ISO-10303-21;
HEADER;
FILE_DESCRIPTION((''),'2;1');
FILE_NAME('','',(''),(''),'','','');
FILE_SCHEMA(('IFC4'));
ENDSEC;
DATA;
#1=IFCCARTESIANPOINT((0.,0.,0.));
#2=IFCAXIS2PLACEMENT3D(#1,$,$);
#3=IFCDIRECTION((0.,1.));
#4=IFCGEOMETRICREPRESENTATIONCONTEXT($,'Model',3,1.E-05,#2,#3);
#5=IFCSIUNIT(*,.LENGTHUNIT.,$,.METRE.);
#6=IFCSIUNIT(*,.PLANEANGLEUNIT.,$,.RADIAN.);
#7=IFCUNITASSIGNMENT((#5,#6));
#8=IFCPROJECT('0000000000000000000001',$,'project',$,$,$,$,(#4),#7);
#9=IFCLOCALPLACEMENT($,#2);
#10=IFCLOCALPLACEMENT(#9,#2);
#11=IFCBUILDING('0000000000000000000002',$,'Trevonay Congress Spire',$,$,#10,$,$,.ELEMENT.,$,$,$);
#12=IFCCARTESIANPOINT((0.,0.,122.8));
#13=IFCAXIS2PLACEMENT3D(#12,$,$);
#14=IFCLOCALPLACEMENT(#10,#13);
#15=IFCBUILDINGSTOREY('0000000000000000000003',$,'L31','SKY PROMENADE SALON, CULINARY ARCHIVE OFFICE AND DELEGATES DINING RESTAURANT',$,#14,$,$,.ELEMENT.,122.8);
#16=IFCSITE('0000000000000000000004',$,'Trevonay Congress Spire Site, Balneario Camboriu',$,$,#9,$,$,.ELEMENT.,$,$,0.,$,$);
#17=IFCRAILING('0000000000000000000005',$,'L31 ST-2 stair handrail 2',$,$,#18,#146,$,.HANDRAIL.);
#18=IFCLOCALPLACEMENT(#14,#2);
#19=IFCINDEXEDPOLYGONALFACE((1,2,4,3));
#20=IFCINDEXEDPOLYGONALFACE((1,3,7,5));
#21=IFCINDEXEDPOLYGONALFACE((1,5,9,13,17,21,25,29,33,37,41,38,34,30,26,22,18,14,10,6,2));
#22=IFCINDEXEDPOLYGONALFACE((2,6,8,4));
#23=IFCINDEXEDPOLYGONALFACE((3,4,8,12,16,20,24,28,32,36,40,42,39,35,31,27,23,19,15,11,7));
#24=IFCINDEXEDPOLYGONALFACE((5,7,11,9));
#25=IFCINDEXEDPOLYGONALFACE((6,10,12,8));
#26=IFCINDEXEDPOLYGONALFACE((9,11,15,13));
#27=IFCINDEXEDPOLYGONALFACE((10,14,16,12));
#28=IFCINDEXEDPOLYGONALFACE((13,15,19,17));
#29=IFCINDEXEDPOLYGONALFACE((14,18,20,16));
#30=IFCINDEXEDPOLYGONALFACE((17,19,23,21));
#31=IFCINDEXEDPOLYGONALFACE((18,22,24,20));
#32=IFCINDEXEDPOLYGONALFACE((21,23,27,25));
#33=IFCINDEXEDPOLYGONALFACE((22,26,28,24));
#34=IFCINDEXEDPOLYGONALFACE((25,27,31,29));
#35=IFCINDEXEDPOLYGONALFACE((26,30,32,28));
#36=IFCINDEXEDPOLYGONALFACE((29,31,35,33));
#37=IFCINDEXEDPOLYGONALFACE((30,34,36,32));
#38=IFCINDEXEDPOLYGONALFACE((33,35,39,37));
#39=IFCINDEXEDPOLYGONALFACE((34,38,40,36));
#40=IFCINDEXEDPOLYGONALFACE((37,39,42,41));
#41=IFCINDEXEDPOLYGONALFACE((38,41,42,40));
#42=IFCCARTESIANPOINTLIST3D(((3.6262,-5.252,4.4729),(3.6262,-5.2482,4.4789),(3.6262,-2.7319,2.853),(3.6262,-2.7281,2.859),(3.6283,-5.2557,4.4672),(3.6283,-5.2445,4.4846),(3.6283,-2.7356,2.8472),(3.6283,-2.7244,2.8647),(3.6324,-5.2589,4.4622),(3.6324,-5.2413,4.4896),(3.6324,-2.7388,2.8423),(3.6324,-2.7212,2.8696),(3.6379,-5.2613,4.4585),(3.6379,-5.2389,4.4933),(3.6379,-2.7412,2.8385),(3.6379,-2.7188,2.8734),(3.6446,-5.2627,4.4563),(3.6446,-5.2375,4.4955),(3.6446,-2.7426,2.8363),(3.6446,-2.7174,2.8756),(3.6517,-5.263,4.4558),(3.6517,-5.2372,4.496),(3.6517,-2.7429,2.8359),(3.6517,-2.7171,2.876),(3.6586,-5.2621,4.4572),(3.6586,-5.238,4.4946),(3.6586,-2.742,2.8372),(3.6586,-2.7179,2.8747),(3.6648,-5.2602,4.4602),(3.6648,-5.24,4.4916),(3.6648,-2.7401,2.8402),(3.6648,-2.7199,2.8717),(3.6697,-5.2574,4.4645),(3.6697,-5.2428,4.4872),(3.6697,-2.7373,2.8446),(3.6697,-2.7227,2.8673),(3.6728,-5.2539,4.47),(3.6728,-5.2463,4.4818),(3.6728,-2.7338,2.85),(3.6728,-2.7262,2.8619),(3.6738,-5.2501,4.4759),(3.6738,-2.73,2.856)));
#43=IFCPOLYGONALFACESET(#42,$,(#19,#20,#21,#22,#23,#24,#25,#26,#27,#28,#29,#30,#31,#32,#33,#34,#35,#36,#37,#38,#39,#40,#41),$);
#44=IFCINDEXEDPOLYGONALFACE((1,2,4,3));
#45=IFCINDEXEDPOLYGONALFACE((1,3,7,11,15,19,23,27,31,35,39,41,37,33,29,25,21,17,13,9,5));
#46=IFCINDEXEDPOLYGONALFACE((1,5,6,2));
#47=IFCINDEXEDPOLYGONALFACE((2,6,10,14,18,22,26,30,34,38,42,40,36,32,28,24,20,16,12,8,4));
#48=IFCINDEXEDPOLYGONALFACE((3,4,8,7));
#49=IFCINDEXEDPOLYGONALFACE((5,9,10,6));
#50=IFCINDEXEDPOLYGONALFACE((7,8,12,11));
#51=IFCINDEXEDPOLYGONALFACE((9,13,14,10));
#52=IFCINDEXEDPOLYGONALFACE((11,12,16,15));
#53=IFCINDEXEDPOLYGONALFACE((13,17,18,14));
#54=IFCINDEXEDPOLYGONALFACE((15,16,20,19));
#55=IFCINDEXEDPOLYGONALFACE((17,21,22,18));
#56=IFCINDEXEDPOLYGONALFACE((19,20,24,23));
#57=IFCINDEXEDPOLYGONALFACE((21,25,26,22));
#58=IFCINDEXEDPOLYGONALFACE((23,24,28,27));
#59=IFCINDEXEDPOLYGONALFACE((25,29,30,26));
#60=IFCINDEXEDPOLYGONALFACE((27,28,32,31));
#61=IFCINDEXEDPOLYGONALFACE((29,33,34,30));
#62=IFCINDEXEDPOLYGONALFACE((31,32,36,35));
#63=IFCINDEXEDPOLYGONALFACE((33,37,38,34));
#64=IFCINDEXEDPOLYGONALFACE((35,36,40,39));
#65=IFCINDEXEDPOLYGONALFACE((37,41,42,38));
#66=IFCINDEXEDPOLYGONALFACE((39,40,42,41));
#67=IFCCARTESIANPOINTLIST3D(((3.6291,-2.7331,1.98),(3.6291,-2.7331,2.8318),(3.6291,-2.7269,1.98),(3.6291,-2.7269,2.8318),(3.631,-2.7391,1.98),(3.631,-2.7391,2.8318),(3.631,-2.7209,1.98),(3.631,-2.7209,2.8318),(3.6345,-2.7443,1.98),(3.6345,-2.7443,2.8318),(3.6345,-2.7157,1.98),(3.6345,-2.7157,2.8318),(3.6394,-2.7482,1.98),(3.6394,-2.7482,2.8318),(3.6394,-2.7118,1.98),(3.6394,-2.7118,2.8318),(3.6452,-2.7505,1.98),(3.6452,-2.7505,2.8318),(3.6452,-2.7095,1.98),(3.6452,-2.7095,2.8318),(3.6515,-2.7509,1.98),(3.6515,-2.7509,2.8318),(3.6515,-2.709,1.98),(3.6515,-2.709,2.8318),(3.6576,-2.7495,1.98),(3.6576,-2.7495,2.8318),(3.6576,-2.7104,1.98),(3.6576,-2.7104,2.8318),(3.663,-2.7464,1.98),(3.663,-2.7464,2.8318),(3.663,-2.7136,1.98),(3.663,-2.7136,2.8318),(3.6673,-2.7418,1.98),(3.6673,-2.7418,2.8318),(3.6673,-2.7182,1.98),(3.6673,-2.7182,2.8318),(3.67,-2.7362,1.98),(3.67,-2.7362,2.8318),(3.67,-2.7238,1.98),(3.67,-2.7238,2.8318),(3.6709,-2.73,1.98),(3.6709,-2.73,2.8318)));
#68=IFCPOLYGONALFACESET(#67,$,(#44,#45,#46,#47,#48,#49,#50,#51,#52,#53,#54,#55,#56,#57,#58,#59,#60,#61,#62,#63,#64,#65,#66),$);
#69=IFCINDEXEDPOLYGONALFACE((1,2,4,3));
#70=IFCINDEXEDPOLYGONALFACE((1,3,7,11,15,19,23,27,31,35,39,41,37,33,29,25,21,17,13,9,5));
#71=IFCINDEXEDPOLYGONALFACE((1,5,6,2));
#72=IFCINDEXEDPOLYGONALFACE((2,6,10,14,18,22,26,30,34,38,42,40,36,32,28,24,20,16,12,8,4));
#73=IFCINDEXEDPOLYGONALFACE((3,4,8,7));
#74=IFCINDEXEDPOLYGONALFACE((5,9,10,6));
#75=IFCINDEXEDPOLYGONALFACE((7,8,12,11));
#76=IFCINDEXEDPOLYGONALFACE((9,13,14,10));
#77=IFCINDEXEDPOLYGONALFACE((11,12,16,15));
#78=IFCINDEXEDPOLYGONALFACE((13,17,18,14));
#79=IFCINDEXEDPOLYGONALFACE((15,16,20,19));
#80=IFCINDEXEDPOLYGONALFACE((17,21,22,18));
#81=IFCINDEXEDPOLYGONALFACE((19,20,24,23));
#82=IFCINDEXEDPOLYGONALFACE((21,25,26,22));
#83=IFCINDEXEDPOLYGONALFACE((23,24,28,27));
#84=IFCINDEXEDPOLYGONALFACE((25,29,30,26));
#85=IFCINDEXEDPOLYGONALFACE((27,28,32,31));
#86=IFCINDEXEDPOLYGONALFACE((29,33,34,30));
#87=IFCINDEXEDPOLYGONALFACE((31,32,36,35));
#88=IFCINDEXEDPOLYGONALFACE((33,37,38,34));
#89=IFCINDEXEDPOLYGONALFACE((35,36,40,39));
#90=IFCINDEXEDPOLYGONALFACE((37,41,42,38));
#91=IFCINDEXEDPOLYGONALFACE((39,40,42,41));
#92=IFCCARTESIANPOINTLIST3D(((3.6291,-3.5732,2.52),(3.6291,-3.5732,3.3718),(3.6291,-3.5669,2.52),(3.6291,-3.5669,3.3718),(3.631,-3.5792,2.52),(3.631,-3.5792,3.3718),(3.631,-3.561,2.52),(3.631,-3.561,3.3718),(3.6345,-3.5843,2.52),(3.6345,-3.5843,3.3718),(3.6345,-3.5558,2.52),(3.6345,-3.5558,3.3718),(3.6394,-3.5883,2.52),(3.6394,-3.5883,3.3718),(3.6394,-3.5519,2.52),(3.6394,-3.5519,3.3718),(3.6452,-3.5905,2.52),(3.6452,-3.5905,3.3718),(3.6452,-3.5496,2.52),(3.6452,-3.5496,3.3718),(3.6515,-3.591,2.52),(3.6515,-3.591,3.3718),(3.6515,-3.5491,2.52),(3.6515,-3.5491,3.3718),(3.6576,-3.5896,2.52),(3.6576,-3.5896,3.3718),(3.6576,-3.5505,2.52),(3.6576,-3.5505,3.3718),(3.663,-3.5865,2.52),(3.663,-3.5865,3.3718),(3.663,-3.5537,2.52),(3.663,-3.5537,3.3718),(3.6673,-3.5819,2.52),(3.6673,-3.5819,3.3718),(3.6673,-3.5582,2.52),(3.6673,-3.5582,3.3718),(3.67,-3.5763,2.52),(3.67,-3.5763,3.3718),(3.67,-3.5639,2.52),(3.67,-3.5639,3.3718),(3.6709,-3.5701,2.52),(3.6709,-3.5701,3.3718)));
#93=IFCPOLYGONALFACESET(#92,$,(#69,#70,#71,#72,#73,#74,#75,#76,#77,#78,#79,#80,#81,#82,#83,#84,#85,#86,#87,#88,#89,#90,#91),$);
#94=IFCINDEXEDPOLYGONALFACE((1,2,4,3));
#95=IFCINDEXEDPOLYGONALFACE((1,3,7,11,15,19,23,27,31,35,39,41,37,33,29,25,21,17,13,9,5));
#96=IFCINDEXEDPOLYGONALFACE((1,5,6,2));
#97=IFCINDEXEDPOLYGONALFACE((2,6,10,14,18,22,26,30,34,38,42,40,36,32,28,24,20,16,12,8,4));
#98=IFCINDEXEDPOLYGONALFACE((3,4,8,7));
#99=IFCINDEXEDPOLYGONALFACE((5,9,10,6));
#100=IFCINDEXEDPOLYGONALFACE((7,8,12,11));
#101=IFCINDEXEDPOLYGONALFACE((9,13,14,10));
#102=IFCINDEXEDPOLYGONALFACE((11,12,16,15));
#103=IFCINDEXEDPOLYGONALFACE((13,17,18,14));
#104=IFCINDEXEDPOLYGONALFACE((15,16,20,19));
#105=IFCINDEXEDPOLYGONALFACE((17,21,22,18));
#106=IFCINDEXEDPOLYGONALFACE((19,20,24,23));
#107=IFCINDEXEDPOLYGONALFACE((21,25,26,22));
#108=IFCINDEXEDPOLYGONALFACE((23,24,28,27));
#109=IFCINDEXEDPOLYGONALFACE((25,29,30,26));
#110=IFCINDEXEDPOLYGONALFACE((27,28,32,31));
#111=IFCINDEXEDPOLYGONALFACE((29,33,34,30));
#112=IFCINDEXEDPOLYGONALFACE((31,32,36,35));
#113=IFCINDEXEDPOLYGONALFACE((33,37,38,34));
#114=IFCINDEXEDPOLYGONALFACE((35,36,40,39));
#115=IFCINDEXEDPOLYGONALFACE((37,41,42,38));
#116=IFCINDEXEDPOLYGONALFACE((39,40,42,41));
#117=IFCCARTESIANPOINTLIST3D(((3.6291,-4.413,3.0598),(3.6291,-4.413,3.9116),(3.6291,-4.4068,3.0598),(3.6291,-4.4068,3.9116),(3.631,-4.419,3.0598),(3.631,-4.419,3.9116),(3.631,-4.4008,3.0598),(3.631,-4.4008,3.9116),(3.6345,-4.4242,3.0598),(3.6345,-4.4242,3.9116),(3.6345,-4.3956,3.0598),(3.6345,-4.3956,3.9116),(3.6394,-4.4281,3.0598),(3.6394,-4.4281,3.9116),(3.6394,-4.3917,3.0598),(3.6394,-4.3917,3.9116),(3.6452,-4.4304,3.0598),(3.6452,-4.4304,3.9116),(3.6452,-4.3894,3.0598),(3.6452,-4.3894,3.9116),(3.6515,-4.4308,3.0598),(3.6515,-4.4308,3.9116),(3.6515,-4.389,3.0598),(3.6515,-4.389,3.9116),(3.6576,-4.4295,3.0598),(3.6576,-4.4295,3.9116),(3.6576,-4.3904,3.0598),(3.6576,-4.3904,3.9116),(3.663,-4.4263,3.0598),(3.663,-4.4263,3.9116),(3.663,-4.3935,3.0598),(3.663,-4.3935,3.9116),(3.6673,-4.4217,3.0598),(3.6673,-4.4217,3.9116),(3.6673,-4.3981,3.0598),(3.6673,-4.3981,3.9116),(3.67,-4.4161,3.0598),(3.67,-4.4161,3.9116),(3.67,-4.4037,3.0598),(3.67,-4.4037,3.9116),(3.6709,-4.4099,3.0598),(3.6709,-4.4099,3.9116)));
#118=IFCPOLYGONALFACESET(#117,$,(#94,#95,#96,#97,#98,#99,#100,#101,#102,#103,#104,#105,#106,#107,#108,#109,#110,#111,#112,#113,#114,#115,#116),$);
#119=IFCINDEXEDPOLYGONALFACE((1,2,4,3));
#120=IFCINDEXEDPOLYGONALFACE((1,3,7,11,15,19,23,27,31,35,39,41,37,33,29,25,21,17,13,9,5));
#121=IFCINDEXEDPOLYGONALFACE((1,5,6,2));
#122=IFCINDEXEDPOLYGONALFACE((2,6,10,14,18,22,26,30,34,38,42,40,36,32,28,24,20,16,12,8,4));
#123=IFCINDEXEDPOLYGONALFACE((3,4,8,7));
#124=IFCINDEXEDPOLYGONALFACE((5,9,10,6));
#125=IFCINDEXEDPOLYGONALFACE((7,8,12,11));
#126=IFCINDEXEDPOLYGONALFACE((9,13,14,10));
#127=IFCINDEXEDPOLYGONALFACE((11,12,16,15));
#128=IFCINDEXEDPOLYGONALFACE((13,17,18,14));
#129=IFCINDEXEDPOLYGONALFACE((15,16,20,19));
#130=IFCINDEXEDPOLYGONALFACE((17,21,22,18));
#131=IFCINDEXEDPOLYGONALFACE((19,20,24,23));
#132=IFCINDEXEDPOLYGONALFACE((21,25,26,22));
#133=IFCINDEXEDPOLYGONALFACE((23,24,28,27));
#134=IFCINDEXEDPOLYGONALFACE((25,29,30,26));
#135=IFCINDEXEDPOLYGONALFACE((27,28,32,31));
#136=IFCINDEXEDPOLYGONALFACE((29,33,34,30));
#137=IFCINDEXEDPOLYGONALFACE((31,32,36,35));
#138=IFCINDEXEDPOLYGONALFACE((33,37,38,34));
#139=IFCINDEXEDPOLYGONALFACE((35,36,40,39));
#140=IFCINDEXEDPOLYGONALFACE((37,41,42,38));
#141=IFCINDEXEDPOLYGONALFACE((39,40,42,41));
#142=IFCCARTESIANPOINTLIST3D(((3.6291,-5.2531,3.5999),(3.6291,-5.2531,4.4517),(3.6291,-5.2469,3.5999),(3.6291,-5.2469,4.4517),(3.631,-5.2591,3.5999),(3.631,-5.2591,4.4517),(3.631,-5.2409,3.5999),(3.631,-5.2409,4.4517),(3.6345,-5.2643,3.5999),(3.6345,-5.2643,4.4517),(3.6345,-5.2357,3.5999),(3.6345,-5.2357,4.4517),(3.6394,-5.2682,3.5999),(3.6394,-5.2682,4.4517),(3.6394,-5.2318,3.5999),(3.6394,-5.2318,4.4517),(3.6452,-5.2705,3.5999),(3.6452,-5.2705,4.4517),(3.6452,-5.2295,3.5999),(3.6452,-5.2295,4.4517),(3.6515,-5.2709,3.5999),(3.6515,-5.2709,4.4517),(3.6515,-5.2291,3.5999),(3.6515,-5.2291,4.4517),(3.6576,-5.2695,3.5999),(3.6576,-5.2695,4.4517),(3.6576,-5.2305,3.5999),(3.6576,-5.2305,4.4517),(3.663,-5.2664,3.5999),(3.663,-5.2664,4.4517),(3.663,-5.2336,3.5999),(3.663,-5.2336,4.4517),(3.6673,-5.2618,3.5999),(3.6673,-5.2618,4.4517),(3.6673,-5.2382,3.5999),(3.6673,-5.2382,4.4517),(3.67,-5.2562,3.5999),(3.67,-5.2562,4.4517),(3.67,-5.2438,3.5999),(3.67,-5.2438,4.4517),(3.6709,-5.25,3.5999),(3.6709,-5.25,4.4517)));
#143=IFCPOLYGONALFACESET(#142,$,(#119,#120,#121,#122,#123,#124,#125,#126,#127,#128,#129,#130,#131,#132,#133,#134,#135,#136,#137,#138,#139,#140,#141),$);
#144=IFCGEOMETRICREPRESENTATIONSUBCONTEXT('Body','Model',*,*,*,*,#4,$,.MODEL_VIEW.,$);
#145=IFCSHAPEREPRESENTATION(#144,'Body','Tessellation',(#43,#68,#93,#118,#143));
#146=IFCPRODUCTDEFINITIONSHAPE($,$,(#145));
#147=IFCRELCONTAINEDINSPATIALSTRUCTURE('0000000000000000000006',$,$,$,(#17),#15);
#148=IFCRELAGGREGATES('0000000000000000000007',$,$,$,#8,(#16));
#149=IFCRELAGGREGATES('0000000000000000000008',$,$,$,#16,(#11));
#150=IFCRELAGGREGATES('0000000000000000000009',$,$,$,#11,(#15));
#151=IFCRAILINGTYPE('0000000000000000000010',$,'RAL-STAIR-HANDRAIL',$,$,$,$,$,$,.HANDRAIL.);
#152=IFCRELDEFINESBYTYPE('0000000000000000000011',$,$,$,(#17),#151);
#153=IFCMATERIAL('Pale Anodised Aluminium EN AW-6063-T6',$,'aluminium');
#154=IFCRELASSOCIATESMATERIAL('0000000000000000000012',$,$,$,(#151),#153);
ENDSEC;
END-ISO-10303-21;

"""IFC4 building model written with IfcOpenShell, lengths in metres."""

from ifc_helpers import new_model, si_unit, direction, frame, origin, origin_2d, place, context, subcontext, project, spatial, circle, extrude, material, type_object, element, save


model = new_model("IFC4")

# Units and contexts
model_context = context("Model", 3, precision=1e-05, world=origin(), true_north=direction((0.0, 1.0)))
body_context = subcontext(model_context, "Body", "Model", "MODEL_VIEW")
ifc_project = project(units=[si_unit("LENGTHUNIT", "METRE"), si_unit("PLANEANGLEUNIT", "RADIAN")], contexts=[model_context])

# Site, building, storey
site_placement = place(None, origin())
site = spatial("IfcSite", under=ifc_project, at=site_placement, Name="Trevonay Congress Spire Site, Balneario Camboriu", CompositionType="ELEMENT", RefElevation=0.0)
building_placement = place(site_placement, origin())
building = spatial("IfcBuilding", under=site, at=building_placement, Name="Trevonay Congress Spire", CompositionType="ELEMENT")
storey_placement = place(building_placement, frame((0.0, 0.0, 122.8)))
storey = spatial("IfcBuildingStorey", under=building, at=storey_placement, Name="L31", Description="SKY PROMENADE SALON, CULINARY ARCHIVE OFFICE AND DELEGATES DINING RESTAURANT", CompositionType="ELEMENT", Elevation=122.8)

# Railing
ifc_material_1 = material(Name="Pale Anodised Aluminium EN AW-6063-T6", Category="aluminium")
railing_type_1 = type_object("IfcRailingType", Name="RAL-STAIR-HANDRAIL", PredefinedType="HANDRAIL", material=ifc_material_1)
railing_1_placement = place(storey_placement, frame((3.6499, -2.73, 1.98)))
element("IfcRailing", 1, at=railing_1_placement, inside=storey, type_object=railing_type_1, Name="L31 ST-2 stair handrail 2", PredefinedType="HANDRAIL", context=body_context, shape_type="SweptSolid", body=[
    extrude(circle(Radius=0.0239, at=origin_2d()), frame((0.0, 0.0, 0.876), z_axis=(0.0, -0.8412, 0.540725), x_axis=(1.0, 0.0, 0.0)), (0.0, 0.0, 1.0), 2.9958),
    extrude(circle(Radius=0.021, at=origin_2d()), origin(), (0.0, 0.0, 1.0), 0.8518),
    extrude(circle(Radius=0.021, at=origin_2d()), frame((0.0, -0.8401, 0.54)), (0.0, 0.0, 1.0), 0.8518),
    extrude(circle(Radius=0.021, at=origin_2d()), frame((0.0, -1.6799, 1.0798)), (0.0, 0.0, 1.0), 0.8518),
    extrude(circle(Radius=0.021, at=origin_2d()), frame((0.0, -2.52, 1.6199)), (0.0, 0.0, 1.0), 0.8518),
])

save(model, "model.ifc")
